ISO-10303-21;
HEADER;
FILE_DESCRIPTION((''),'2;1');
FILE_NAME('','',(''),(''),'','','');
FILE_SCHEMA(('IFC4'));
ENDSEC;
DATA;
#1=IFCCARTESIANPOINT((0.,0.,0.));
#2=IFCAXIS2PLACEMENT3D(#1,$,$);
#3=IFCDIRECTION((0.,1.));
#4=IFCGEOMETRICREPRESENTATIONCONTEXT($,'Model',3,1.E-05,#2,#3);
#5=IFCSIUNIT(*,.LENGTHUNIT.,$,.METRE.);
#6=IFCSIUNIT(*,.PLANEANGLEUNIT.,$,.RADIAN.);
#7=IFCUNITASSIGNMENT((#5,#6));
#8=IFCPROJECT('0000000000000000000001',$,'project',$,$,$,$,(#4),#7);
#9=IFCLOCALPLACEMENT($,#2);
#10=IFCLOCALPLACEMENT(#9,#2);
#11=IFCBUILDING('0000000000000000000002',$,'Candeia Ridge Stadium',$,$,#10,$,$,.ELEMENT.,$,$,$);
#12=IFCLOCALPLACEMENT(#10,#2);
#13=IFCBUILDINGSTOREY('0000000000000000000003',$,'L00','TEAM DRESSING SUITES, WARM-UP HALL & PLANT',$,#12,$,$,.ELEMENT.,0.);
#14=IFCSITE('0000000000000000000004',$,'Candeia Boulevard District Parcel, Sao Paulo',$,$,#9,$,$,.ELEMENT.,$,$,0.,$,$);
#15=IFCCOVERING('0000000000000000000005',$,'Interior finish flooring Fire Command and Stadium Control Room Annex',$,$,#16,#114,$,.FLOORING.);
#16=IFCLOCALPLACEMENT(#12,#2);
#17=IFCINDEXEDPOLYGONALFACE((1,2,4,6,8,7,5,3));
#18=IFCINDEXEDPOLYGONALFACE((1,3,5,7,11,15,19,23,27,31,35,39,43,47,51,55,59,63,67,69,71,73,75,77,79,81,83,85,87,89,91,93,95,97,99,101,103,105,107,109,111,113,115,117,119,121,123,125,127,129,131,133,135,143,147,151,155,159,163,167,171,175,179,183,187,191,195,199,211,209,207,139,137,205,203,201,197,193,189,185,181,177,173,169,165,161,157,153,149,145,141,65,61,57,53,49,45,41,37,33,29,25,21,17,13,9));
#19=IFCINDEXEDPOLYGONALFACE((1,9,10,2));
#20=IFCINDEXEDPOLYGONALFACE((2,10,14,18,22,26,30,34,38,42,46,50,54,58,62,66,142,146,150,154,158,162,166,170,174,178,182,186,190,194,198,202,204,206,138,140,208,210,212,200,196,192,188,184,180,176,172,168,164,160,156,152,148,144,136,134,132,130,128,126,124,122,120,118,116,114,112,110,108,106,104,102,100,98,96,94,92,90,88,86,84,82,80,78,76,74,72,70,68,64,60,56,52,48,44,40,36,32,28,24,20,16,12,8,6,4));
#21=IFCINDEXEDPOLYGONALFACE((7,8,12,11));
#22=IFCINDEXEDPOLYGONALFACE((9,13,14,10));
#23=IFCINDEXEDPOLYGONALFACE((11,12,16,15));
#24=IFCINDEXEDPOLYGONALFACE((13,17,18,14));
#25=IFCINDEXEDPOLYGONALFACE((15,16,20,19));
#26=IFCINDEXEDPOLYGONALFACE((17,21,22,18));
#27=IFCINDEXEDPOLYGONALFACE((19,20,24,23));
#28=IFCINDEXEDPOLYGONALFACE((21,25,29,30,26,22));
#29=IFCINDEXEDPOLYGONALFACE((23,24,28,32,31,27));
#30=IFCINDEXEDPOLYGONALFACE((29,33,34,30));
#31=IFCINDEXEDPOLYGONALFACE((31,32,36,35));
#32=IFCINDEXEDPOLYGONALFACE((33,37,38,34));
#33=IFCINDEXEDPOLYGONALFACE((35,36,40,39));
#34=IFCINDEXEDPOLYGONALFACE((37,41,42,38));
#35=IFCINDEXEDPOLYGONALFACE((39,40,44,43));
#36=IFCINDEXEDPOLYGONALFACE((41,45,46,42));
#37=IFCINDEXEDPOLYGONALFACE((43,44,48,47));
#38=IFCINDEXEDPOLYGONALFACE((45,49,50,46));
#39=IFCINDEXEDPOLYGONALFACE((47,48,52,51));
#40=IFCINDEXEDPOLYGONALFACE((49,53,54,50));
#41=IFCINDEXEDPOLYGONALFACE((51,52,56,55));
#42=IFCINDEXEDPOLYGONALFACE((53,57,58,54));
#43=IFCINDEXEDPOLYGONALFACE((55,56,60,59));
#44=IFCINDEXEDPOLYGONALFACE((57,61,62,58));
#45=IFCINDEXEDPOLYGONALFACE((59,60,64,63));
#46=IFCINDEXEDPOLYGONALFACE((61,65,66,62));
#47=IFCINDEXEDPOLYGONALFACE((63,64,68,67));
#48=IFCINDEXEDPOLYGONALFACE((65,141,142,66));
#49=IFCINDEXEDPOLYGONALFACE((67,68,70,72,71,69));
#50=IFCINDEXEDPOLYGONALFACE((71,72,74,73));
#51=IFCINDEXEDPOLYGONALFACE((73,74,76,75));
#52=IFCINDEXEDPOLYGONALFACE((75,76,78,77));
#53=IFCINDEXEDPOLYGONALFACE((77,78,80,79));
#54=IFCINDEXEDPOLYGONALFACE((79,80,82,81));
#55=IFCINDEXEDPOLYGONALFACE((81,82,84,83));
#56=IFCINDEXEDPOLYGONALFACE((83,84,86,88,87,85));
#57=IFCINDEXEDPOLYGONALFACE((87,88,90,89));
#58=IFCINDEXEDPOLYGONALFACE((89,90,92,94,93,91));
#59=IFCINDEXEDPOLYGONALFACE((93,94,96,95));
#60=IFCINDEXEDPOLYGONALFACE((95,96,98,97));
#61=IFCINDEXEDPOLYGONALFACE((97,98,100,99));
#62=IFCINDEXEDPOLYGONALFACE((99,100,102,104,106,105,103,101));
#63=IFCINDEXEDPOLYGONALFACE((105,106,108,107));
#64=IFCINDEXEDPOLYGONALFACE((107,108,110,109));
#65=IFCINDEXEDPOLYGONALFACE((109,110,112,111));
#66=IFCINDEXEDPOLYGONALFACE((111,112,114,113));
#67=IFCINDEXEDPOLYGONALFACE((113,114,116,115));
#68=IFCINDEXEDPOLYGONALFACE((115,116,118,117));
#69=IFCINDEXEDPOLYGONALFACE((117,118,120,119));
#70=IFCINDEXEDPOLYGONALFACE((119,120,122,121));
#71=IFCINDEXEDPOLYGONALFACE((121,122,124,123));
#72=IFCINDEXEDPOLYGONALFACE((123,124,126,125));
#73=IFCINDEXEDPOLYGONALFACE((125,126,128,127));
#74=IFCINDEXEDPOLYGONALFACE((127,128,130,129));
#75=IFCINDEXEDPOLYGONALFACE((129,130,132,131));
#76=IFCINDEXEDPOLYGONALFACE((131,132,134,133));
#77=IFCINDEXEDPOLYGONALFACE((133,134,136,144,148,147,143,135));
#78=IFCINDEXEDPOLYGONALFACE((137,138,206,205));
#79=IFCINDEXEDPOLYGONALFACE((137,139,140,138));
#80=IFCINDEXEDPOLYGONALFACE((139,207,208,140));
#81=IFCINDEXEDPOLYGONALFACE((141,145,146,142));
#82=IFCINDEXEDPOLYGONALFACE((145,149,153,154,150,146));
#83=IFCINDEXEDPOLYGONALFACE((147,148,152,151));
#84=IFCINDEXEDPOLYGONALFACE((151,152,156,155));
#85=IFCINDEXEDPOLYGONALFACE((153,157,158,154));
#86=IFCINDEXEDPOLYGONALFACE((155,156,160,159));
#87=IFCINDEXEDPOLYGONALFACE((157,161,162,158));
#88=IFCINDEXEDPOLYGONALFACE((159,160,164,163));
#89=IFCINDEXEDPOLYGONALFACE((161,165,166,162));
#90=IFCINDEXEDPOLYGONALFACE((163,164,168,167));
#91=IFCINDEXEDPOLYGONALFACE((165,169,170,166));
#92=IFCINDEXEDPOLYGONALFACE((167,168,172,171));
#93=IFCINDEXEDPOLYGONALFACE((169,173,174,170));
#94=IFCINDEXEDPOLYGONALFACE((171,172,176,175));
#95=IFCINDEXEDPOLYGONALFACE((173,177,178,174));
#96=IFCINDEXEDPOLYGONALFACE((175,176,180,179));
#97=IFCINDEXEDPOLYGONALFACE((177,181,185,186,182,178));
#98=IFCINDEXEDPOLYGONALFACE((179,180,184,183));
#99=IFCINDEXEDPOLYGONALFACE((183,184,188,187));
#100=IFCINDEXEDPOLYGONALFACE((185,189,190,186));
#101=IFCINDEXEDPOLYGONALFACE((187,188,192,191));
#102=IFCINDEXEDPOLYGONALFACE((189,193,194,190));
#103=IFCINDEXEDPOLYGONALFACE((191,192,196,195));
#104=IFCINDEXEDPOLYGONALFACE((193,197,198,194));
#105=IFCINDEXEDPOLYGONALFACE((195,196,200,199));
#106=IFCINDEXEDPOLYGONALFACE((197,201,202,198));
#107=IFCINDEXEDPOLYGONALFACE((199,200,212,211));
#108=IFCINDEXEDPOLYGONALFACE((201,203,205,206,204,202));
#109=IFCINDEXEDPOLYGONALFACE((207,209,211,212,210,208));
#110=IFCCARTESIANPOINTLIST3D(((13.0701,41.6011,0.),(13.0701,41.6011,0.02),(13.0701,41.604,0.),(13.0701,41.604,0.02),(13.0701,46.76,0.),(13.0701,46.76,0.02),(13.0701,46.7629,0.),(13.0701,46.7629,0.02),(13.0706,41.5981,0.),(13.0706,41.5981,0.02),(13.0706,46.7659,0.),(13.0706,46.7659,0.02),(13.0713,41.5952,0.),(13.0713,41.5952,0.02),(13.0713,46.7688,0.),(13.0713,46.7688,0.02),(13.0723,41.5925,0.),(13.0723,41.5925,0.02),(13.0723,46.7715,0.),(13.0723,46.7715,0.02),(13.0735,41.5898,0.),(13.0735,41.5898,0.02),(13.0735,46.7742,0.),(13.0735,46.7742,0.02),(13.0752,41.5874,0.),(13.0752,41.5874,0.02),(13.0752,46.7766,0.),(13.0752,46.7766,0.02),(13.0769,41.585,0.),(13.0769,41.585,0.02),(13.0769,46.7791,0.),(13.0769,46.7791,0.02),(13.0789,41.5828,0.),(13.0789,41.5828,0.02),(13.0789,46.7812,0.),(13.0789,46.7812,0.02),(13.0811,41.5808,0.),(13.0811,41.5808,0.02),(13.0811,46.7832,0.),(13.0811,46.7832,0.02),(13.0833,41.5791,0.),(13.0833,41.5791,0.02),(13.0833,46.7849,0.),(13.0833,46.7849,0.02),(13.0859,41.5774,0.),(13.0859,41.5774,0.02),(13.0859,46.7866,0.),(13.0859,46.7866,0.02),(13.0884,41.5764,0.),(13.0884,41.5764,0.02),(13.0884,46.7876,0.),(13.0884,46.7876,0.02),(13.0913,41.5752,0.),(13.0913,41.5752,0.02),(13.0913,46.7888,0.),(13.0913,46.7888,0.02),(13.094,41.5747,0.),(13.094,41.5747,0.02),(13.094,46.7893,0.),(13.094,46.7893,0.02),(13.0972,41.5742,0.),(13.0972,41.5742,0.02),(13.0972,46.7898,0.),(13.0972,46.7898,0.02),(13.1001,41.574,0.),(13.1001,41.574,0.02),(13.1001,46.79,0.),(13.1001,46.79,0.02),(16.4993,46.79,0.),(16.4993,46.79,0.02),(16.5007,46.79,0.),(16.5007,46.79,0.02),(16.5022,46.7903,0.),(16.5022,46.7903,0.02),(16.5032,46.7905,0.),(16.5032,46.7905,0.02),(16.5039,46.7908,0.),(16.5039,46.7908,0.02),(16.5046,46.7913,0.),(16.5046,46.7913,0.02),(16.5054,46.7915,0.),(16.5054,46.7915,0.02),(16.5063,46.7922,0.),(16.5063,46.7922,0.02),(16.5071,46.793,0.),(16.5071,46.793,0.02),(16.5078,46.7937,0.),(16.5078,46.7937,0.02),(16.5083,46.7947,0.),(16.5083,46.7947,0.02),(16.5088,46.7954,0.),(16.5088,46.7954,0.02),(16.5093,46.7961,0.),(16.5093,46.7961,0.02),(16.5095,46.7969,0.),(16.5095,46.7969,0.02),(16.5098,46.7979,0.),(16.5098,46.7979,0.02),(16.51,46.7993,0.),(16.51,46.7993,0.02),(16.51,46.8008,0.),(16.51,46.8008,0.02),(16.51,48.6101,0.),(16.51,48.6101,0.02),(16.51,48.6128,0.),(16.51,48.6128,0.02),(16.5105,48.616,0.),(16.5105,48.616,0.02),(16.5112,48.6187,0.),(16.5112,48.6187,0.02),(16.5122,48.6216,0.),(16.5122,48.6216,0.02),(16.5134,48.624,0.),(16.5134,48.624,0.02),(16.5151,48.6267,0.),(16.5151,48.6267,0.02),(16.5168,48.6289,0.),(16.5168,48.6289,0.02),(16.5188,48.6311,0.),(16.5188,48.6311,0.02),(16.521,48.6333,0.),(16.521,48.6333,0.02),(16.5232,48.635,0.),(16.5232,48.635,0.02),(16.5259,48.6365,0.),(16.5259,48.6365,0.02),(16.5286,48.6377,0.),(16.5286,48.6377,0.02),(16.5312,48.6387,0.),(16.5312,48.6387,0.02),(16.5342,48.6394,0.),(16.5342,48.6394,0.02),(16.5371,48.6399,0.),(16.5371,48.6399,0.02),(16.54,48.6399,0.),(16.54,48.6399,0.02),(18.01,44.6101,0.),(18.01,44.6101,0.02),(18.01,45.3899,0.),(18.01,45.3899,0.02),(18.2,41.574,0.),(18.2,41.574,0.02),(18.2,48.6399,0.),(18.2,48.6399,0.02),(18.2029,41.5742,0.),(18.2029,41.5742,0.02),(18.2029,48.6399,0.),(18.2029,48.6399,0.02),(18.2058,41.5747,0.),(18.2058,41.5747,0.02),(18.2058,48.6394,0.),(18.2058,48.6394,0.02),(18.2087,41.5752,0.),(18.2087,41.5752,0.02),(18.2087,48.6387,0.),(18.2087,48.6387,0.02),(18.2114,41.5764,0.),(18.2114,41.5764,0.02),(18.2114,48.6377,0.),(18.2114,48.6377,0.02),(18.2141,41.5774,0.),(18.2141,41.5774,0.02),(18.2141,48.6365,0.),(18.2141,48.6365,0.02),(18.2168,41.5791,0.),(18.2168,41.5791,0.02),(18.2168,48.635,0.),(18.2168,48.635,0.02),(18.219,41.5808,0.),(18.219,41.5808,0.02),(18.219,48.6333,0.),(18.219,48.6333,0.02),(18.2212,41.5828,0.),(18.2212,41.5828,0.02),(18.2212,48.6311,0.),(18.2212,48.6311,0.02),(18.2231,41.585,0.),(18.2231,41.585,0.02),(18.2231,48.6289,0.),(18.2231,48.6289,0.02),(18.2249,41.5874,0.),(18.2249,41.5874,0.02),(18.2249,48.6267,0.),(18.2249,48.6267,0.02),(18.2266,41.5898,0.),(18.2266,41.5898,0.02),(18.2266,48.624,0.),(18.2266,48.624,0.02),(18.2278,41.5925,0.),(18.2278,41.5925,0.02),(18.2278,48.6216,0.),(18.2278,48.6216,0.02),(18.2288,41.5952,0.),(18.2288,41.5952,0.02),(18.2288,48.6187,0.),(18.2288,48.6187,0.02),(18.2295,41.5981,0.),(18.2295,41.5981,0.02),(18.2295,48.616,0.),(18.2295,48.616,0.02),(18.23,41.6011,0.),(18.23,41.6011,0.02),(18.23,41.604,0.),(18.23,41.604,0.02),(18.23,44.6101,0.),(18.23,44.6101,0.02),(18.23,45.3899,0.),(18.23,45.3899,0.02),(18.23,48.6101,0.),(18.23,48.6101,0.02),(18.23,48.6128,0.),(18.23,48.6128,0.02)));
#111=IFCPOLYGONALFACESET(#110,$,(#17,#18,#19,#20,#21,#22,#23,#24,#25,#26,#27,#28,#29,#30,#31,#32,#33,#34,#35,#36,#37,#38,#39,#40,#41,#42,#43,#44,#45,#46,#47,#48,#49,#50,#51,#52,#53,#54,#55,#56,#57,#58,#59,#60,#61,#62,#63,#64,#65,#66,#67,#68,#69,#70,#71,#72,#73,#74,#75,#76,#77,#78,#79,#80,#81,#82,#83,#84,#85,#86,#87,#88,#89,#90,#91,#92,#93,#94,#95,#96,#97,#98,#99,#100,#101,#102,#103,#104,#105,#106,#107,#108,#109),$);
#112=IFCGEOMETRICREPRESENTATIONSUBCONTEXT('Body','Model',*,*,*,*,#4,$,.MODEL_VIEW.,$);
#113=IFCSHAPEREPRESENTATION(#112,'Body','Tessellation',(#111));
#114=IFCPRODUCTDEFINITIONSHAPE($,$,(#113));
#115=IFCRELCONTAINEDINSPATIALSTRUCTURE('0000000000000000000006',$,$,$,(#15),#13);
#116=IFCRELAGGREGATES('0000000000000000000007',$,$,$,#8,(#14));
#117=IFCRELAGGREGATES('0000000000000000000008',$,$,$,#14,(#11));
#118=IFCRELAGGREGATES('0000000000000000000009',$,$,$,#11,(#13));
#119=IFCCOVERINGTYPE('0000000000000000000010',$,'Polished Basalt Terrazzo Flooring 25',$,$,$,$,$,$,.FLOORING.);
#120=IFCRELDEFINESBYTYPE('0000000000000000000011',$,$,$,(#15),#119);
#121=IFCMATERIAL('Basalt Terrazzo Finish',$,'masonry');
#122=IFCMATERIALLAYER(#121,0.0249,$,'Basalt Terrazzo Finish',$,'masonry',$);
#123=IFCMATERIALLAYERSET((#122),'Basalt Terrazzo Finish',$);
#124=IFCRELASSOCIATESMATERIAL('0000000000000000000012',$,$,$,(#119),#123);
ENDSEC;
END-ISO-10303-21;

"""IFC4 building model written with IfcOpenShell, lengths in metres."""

from ifc_helpers import new_model, si_unit, direction, origin, place, context, subcontext, project, spatial, polyline, outline, extrude, material, layer, layer_set, type_object, element, save


model = new_model("IFC4")

# Units and contexts
model_context = context("Model", 3, precision=1e-05, world=origin(), true_north=direction((0.0, 1.0)))
body_context = subcontext(model_context, "Body", "Model", "MODEL_VIEW")
ifc_project = project(units=[si_unit("LENGTHUNIT", "METRE"), si_unit("PLANEANGLEUNIT", "RADIAN")], contexts=[model_context])

# Site, building, storey
site_placement = place(None, origin())
site = spatial("IfcSite", under=ifc_project, at=site_placement, Name="Candeia Boulevard District Parcel, Sao Paulo", CompositionType="ELEMENT", RefElevation=0.0)
building_placement = place(site_placement, origin())
building = spatial("IfcBuilding", under=site, at=building_placement, Name="Candeia Ridge Stadium", CompositionType="ELEMENT")
storey_placement = place(building_placement, origin())
storey = spatial("IfcBuildingStorey", under=building, at=storey_placement, Name="L00", Description="TEAM DRESSING SUITES, WARM-UP HALL & PLANT", CompositionType="ELEMENT", Elevation=0.0)

# Covering
ifc_material_1 = material(Name="Basalt Terrazzo Finish", Category="masonry")
ifc_layer_1 = layer(ifc_material_1, 0.0249, Name="Basalt Terrazzo Finish", Category="masonry")
ifc_layer_set_1 = layer_set([ifc_layer_1], Name="Basalt Terrazzo Finish")
covering_type_1 = type_object("IfcCoveringType", Name="Polished Basalt Terrazzo Flooring 25", PredefinedType="FLOORING", material=ifc_layer_set_1)
covering_1_placement = place(storey_placement, origin())
element("IfcCovering", 1, at=covering_1_placement, inside=storey, type_object=covering_type_1, Name="Interior finish flooring Fire Command and Stadium Control Room Annex", PredefinedType="FLOORING", context=body_context, shape_type="SweptSolid", body=[
    extrude(outline(polyline([(18.2295, 41.5981), (18.2288, 41.5952), (18.2278, 41.5925), (18.2266, 41.5898), (18.2249, 41.5874), (18.2231, 41.585), (18.2212, 41.5828), (18.219, 41.5808), (18.2168, 41.5791), (18.2141, 41.5774), (18.2114, 41.5764), (18.2087, 41.5752), (18.2058, 41.5747), (18.2029, 41.5742), (18.2, 41.574), (13.1001, 41.574), (13.0972, 41.5742), (13.094, 41.5747), (13.0913, 41.5752), (13.0884, 41.5764), (13.0859, 41.5774), (13.0833, 41.5791), (13.0811, 41.5808), (13.0789, 41.5828), (13.0769, 41.585), (13.0752, 41.5874), (13.0735, 41.5898), (13.0723, 41.5925), (13.0713, 41.5952), (13.0706, 41.5981), (13.0701, 41.6011), (13.0701, 41.604), (13.0701, 46.76), (13.0701, 46.7629), (13.0706, 46.7659), (13.0713, 46.7688), (13.0723, 46.7715), (13.0735, 46.7742), (13.0752, 46.7766), (13.0769, 46.7791), (13.0789, 46.7812), (13.0811, 46.7832), (13.0833, 46.7849), (13.0859, 46.7866), (13.0884, 46.7876), (13.0913, 46.7888), (13.094, 46.7893), (13.0972, 46.7898), (13.1001, 46.79), (16.4993, 46.79), (16.5007, 46.79), (16.5022, 46.7903), (16.5032, 46.7905), (16.5039, 46.7908), (16.5046, 46.7913), (16.5054, 46.7915), (16.5063, 46.7922), (16.5071, 46.793), (16.5078, 46.7937), (16.5083, 46.7947), (16.5088, 46.7954), (16.5093, 46.7961), (16.5095, 46.7969), (16.5098, 46.7979), (16.51, 46.7993), (16.51, 46.8008), (16.51, 48.6101), (16.51, 48.6128), (16.5105, 48.616), (16.5112, 48.6187), (16.5122, 48.6216), (16.5134, 48.624), (16.5151, 48.6267), (16.5168, 48.6289), (16.5188, 48.6311), (16.521, 48.6333), (16.5232, 48.635), (16.5259, 48.6365), (16.5286, 48.6377), (16.5312, 48.6387), (16.5342, 48.6394), (16.5371, 48.6399), (16.54, 48.6399), (18.2, 48.6399), (18.2029, 48.6399), (18.2058, 48.6394), (18.2087, 48.6387), (18.2114, 48.6377), (18.2141, 48.6365), (18.2168, 48.635), (18.219, 48.6333), (18.2212, 48.6311), (18.2231, 48.6289), (18.2249, 48.6267), (18.2266, 48.624), (18.2278, 48.6216), (18.2288, 48.6187), (18.2295, 48.616), (18.23, 48.6128), (18.23, 48.6101), (18.23, 45.3899), (18.01, 45.3899), (18.01, 44.6101), (18.23, 44.6101), (18.23, 41.604), (18.23, 41.6011), (18.2295, 41.5981)])), origin(), (0.0, 0.0, 1.0), 0.02),
])

save(model, "model.ifc")
